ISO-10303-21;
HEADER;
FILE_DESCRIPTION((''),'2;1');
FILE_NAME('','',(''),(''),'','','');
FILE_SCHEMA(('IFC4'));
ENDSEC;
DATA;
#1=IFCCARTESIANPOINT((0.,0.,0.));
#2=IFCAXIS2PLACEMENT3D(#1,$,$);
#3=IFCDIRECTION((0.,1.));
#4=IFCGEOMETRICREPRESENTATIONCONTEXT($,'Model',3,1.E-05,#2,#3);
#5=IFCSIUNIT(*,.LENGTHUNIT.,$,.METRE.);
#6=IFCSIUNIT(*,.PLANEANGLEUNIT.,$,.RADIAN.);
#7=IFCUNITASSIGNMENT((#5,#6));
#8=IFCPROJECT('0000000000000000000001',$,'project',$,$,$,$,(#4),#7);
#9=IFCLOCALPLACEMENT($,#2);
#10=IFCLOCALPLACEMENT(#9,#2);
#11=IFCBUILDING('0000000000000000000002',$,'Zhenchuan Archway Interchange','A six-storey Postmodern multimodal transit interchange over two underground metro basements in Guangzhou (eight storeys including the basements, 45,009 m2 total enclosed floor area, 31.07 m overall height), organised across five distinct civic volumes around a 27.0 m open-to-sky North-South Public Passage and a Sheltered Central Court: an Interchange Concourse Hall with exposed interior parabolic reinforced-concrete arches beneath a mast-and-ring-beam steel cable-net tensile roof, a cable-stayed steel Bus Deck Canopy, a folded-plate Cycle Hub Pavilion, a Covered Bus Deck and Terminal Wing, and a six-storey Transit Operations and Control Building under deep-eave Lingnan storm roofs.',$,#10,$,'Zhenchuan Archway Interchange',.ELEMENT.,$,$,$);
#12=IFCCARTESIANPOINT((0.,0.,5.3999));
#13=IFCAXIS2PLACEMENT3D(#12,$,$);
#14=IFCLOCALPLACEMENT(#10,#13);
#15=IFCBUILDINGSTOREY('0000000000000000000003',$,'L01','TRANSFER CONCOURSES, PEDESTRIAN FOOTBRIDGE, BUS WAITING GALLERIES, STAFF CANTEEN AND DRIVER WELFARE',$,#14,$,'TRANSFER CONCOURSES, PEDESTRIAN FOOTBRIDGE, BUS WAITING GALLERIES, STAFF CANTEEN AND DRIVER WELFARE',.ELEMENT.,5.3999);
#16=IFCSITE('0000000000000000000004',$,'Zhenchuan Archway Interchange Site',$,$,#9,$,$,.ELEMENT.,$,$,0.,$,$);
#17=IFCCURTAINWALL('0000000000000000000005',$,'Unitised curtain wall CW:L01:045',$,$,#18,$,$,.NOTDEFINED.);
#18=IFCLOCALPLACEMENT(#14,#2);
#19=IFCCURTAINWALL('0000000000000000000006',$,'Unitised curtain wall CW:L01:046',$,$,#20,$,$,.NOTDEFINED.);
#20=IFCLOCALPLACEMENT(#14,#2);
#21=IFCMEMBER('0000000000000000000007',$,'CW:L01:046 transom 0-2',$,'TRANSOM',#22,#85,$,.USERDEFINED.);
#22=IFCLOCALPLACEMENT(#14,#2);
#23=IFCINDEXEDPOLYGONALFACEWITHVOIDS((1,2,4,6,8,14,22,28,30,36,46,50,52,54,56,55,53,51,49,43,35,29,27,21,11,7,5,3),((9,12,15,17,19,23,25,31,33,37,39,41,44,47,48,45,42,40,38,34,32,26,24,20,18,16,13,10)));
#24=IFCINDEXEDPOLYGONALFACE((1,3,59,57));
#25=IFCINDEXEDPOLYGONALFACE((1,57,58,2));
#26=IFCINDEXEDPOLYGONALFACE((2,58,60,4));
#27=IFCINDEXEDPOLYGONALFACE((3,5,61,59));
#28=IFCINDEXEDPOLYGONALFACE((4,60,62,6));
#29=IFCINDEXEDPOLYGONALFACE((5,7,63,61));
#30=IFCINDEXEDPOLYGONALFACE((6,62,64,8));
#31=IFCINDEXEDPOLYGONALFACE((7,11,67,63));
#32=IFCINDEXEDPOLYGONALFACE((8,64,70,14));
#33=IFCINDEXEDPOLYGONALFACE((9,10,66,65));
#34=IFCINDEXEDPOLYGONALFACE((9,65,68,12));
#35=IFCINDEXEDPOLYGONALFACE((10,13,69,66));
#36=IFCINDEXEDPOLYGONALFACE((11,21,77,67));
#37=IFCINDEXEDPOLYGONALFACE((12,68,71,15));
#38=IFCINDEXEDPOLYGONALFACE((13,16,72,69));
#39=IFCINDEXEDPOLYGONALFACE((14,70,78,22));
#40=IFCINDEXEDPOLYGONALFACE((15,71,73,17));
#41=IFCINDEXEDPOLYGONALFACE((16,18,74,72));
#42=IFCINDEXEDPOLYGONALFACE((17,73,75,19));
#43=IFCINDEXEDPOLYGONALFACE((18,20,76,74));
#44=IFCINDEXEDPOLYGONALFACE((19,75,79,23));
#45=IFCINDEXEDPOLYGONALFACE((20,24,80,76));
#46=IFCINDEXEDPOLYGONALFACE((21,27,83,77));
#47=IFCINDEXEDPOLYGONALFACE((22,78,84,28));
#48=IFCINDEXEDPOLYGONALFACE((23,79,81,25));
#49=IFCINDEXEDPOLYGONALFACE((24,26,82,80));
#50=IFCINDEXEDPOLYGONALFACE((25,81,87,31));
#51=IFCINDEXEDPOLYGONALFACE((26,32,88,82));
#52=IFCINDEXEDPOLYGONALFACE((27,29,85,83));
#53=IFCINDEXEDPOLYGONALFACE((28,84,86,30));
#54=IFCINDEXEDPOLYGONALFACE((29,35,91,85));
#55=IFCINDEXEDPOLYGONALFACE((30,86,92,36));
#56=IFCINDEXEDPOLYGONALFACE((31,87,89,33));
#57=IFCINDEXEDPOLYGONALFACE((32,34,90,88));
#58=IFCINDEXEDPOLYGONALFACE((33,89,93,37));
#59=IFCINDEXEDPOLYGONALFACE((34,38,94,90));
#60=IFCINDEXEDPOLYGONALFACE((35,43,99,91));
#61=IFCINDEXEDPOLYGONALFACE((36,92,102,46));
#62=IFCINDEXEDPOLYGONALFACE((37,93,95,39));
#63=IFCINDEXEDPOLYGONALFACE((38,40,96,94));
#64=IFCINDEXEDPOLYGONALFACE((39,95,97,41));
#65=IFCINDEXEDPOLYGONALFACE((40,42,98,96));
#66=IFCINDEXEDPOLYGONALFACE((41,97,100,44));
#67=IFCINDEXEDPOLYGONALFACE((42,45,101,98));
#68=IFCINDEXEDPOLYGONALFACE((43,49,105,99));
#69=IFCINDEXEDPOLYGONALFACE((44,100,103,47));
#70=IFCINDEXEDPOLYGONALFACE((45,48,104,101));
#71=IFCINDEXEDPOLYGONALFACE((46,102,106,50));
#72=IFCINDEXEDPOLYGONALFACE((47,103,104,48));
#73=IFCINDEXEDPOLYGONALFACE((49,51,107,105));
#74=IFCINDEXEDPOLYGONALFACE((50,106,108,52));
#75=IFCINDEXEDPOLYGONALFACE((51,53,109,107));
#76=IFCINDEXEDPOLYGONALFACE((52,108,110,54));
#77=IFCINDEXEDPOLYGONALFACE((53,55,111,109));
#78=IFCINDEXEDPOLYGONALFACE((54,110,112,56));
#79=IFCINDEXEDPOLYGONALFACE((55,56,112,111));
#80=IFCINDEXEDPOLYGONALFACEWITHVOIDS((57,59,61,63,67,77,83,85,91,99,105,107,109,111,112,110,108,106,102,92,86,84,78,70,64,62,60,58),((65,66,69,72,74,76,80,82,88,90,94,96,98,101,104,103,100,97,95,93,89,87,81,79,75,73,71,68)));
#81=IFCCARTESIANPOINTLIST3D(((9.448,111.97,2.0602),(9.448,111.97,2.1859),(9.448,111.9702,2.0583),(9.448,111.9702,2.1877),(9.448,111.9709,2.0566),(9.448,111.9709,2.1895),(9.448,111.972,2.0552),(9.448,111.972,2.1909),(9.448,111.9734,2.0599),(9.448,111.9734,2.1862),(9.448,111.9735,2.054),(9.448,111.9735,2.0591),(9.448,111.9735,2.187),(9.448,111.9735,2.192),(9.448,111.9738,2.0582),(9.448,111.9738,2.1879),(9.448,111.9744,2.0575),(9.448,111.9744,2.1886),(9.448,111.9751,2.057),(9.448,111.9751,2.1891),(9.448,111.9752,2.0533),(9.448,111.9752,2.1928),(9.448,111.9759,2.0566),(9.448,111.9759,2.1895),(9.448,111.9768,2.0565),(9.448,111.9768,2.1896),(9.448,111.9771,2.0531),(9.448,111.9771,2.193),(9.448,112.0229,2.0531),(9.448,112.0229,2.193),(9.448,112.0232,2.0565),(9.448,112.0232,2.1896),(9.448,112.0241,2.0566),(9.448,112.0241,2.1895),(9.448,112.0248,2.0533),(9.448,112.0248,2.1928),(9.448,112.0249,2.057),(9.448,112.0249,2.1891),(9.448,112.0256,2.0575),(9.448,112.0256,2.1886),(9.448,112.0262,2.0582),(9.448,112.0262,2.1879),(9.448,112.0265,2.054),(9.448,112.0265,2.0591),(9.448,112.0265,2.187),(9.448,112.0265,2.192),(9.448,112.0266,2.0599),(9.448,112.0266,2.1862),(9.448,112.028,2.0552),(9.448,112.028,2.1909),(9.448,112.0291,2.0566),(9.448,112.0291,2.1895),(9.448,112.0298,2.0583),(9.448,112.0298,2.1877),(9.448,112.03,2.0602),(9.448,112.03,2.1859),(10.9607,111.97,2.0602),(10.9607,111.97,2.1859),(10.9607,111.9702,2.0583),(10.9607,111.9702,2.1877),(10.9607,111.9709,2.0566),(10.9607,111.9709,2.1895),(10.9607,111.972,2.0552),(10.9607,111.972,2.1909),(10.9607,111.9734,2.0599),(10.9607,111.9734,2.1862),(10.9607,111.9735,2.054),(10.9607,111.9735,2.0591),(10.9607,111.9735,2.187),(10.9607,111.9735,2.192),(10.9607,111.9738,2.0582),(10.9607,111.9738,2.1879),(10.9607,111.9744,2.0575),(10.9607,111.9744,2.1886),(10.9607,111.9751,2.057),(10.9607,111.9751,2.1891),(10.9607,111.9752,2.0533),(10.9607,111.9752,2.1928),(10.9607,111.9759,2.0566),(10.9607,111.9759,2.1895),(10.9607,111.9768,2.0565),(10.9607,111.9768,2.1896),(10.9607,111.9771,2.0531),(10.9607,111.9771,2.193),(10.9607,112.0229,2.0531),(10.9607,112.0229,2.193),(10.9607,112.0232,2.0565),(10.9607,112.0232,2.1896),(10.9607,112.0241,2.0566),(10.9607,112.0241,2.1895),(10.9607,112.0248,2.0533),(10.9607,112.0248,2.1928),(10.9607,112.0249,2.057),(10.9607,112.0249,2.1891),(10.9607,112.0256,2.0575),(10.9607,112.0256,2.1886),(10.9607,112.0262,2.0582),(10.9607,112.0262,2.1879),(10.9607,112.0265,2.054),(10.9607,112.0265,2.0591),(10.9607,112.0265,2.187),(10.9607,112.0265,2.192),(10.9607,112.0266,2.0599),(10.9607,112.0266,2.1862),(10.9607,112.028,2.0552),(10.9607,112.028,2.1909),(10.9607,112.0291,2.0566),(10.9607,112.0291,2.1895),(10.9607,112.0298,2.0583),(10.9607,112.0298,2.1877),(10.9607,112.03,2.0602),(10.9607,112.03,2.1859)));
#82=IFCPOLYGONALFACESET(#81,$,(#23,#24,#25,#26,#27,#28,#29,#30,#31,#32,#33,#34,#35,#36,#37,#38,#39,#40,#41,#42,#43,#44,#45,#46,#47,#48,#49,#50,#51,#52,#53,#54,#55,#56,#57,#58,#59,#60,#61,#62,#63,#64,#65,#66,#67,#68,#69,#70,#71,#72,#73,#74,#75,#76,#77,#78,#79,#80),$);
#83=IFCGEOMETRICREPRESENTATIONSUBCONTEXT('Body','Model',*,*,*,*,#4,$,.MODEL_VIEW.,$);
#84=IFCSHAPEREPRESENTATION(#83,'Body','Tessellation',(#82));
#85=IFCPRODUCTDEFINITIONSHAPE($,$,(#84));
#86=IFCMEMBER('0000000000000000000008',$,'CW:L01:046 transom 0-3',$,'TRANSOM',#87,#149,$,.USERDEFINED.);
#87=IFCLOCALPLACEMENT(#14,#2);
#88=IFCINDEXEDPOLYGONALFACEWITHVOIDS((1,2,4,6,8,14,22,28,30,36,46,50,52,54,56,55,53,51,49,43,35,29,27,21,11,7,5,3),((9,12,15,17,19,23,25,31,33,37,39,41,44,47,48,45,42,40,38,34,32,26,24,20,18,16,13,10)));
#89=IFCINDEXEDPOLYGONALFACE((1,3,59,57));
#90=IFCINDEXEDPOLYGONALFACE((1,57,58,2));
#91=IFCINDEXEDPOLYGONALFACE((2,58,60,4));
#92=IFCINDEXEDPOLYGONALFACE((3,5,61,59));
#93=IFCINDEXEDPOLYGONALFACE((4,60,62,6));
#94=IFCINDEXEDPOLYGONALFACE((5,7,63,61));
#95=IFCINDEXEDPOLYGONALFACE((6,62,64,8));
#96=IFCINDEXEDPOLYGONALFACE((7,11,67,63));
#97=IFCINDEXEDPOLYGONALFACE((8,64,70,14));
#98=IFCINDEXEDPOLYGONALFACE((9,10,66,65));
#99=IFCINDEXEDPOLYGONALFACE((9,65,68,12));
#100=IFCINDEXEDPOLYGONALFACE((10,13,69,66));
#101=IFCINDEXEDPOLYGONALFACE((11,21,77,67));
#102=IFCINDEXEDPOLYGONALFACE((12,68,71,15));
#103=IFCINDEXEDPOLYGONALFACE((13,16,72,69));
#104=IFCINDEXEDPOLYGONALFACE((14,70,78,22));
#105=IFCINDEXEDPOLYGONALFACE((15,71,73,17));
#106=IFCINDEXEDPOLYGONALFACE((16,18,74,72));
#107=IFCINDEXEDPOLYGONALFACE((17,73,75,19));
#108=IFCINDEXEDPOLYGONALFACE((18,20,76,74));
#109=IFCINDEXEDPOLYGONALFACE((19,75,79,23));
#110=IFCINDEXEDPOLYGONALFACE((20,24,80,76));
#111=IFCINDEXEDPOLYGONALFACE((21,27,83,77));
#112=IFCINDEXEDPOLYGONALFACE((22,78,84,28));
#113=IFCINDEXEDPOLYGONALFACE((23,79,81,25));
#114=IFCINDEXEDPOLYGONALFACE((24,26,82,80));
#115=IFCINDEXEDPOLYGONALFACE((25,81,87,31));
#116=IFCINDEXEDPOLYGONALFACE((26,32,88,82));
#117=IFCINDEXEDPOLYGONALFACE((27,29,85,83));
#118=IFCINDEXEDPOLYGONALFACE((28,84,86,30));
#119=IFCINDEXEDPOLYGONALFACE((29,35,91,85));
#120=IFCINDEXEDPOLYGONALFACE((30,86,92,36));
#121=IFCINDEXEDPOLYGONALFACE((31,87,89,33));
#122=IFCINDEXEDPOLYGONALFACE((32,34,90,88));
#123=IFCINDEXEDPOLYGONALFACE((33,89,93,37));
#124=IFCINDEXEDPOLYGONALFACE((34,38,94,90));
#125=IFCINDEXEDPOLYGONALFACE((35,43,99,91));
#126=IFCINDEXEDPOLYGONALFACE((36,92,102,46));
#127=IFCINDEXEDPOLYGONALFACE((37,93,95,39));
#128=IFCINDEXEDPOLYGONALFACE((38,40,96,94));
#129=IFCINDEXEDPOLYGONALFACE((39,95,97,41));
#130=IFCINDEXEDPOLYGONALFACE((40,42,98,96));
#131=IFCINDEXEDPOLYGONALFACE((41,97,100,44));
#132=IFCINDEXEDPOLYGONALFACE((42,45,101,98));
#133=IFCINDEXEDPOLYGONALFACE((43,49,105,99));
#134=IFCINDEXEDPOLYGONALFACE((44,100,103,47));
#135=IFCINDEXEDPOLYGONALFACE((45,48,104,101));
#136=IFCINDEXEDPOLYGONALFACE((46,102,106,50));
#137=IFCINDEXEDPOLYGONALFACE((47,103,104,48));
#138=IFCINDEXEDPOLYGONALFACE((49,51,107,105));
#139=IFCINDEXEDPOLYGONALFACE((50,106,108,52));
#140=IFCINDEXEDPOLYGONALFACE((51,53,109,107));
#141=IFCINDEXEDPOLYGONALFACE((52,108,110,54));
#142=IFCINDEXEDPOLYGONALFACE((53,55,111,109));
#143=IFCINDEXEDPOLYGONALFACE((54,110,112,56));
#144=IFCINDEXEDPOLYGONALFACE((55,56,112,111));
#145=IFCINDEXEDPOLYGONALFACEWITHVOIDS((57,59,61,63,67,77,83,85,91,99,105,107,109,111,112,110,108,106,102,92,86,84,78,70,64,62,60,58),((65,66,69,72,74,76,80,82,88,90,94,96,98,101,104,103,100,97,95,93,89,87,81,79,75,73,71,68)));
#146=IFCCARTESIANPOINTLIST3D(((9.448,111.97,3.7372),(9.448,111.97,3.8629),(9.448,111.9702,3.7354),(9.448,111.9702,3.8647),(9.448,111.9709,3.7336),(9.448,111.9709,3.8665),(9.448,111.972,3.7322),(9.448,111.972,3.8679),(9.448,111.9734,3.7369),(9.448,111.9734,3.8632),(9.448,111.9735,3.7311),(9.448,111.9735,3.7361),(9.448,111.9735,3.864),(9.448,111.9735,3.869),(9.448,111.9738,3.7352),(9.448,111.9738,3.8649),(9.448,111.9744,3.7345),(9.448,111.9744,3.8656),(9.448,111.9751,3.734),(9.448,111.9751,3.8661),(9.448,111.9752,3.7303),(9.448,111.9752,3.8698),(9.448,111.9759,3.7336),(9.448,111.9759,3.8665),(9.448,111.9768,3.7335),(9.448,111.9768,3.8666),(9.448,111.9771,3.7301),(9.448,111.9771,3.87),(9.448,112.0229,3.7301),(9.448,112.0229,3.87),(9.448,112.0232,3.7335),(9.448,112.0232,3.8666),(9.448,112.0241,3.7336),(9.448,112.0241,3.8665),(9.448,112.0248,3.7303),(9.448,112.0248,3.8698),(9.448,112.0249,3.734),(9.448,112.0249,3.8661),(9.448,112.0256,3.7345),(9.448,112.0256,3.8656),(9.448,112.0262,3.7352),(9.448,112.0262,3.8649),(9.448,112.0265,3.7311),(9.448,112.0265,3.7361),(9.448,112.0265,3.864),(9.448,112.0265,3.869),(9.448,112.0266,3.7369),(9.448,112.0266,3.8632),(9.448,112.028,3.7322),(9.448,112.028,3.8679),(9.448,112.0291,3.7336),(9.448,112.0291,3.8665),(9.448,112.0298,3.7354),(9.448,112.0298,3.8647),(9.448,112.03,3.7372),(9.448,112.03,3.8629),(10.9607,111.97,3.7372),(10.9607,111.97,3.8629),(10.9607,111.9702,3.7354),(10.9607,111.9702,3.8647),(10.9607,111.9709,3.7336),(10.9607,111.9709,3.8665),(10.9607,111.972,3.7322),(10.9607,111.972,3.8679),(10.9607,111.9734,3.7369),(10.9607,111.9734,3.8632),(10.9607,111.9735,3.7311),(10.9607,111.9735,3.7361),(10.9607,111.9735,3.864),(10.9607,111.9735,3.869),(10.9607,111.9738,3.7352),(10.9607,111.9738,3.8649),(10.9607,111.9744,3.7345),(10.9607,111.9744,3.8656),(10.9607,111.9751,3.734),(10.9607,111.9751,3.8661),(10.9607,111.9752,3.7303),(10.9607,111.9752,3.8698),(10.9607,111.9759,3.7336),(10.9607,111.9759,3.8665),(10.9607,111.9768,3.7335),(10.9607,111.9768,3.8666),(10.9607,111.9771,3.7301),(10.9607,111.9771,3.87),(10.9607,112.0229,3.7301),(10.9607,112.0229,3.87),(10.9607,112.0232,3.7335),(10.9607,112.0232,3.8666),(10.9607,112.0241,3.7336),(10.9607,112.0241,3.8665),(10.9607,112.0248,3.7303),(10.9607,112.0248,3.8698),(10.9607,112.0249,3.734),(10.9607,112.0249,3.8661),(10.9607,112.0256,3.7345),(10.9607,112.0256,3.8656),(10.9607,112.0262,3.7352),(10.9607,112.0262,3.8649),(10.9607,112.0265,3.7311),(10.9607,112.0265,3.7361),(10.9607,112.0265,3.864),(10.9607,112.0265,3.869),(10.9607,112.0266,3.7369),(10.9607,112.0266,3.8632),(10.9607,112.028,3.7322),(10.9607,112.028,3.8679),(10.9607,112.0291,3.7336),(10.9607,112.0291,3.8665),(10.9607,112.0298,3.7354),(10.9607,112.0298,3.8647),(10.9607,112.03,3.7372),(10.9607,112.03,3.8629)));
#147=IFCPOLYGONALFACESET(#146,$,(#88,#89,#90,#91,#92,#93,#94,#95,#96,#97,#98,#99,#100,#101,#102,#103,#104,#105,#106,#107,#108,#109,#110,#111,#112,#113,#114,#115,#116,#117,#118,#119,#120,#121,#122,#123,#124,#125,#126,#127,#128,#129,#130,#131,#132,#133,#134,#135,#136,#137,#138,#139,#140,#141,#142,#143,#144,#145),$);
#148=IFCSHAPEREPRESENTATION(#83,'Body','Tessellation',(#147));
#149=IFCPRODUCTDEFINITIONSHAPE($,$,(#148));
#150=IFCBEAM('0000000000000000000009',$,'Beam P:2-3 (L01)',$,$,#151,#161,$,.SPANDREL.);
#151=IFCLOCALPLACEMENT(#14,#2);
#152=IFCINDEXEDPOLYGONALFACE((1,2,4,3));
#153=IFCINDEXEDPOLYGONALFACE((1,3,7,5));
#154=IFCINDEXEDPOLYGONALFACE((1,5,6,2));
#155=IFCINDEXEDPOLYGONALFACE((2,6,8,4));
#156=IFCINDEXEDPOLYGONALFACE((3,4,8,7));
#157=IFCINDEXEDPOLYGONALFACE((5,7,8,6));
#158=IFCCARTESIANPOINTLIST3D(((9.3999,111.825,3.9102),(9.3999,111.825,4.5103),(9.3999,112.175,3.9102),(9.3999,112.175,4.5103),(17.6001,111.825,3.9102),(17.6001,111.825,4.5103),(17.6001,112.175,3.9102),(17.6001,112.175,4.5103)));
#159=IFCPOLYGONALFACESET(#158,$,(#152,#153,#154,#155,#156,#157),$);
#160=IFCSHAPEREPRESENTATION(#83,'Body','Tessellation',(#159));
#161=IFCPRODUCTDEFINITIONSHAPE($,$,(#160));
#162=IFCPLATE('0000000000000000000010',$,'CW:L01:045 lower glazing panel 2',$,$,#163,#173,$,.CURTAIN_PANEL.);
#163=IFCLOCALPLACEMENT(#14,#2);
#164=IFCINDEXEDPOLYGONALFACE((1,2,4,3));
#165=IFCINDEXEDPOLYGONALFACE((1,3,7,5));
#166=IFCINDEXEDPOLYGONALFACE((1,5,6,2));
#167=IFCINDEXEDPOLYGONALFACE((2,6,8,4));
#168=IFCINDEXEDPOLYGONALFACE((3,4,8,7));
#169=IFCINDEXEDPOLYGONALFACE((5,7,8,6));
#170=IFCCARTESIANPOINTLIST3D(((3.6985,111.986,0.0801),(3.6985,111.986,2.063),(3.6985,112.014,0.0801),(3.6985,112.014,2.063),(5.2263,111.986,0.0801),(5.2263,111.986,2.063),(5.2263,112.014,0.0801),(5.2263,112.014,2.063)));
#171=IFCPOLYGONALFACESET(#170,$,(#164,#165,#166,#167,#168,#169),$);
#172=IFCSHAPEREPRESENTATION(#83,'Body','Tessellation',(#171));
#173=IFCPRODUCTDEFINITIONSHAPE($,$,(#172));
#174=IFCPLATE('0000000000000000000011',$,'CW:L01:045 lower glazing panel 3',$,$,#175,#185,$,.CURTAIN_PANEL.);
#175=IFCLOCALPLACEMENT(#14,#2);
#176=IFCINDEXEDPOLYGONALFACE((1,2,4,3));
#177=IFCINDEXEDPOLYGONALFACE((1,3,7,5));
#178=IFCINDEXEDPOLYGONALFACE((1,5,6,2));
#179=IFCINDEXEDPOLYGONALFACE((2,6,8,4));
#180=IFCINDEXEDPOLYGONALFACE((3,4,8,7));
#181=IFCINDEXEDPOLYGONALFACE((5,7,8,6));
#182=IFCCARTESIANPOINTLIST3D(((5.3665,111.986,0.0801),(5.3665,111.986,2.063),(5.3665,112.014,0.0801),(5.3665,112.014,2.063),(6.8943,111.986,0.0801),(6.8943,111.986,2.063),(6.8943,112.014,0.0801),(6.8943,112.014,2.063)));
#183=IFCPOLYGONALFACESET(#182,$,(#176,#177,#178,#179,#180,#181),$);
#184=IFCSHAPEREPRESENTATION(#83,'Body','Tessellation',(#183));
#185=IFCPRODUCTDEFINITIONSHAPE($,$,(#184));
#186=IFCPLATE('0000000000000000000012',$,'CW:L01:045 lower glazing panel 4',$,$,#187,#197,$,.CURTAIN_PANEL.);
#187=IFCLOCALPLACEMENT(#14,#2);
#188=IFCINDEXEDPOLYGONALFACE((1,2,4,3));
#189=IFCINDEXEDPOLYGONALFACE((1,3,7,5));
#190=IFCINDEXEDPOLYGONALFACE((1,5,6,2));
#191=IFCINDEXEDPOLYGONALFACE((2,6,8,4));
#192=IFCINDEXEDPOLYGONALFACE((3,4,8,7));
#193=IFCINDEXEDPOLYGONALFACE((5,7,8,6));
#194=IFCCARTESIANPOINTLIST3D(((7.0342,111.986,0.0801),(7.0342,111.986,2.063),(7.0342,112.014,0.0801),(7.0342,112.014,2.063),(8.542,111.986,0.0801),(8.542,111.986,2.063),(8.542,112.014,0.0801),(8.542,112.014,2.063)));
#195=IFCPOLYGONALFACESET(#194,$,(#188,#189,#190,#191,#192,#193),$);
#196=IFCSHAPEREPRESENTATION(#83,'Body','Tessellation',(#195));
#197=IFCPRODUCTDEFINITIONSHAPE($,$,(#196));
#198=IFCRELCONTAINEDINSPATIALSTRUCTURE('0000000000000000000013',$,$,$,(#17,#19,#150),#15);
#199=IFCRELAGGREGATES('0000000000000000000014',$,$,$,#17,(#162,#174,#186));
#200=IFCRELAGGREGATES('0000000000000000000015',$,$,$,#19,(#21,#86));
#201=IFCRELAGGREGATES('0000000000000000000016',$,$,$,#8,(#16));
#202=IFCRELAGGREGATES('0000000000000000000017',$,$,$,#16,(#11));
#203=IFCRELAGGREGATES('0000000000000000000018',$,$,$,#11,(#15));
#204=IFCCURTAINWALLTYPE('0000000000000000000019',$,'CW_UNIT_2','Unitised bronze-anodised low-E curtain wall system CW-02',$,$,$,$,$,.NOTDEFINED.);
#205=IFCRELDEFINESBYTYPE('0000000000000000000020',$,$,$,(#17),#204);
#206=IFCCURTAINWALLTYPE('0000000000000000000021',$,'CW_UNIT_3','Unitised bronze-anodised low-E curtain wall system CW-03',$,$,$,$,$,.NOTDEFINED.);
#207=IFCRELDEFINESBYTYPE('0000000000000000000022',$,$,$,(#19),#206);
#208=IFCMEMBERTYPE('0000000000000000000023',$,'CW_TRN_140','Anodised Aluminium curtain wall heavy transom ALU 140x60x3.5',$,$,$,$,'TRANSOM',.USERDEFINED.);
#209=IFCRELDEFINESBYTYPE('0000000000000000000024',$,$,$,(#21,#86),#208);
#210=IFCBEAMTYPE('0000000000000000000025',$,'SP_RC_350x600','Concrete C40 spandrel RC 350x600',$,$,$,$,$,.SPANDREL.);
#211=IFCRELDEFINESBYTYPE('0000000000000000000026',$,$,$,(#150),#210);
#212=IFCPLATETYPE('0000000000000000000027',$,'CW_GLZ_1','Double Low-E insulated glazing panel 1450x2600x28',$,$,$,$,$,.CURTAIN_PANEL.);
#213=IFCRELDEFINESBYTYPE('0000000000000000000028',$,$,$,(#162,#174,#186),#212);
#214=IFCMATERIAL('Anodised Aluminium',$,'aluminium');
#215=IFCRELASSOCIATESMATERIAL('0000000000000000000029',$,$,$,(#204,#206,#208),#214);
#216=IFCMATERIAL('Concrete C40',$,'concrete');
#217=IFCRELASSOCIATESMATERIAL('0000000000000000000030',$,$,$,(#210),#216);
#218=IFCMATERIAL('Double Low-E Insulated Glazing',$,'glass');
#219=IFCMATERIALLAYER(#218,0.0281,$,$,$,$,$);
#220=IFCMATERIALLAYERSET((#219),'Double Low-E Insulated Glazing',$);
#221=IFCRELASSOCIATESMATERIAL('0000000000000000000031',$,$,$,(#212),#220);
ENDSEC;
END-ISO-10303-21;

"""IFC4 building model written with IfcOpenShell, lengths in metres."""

from ifc_helpers import new_model, si_unit, direction, frame, origin, origin_2d, place, context, subcontext, project, spatial, rectangle, hollow_rectangle, extrude, material, layer, layer_set, material_profile, profile_set, type_object, element, aggregate, save


model = new_model("IFC4")

# Units and contexts
model_context = context("Model", 3, precision=1e-05, world=origin(), true_north=direction((0.0, 1.0)))
body_context = subcontext(model_context, "Body", "Model", "MODEL_VIEW")
ifc_project = project(units=[si_unit("LENGTHUNIT", "METRE"), si_unit("PLANEANGLEUNIT", "RADIAN")], contexts=[model_context])

# Site, building, storey
site_placement = place(None, origin())
site = spatial("IfcSite", under=ifc_project, at=site_placement, Name="Zhenchuan Archway Interchange Site", CompositionType="ELEMENT", RefElevation=0.0)
building_placement = place(site_placement, origin())
building = spatial("IfcBuilding", under=site, at=building_placement, Name="Zhenchuan Archway Interchange", Description="A six-storey Postmodern multimodal transit interchange over two underground metro basements in Guangzhou (eight storeys including the basements, 45,009 m2 total enclosed floor area, 31.07 m overall height), organised across five distinct civic volumes around a 27.0 m open-to-sky North-South Public Passage and a Sheltered Central Court: an Interchange Concourse Hall with exposed interior parabolic reinforced-concrete arches beneath a mast-and-ring-beam steel cable-net tensile roof, a cable-stayed steel Bus Deck Canopy, a folded-plate Cycle Hub Pavilion, a Covered Bus Deck and Terminal Wing, and a six-storey Transit Operations and Control Building under deep-eave Lingnan storm roofs.", LongName="Zhenchuan Archway Interchange", CompositionType="ELEMENT")
storey_placement = place(building_placement, frame((0.0, 0.0, 5.3999)))
storey = spatial("IfcBuildingStorey", under=building, at=storey_placement, Name="L01", Description="TRANSFER CONCOURSES, PEDESTRIAN FOOTBRIDGE, BUS WAITING GALLERIES, STAFF CANTEEN AND DRIVER WELFARE", LongName="TRANSFER CONCOURSES, PEDESTRIAN FOOTBRIDGE, BUS WAITING GALLERIES, STAFF CANTEEN AND DRIVER WELFARE", CompositionType="ELEMENT", Elevation=5.3999)

# Shared definitions
ifc_material_1 = material(Name="Concrete C40", Category="concrete")

# Curtain wall
ifc_material_2 = material(Name="Anodised Aluminium", Category="aluminium")
curtain_wall_type_1 = type_object("IfcCurtainWallType", Name="CW_UNIT_2", Description="Unitised bronze-anodised low-E curtain wall system CW-02", PredefinedType="NOTDEFINED", material=ifc_material_2)
curtain_wall_1_placement = place(storey_placement, origin())
curtain_wall_1 = element("IfcCurtainWall", 1, at=curtain_wall_1_placement, inside=storey, type_object=curtain_wall_type_1, Name="Unitised curtain wall CW:L01:045", PredefinedType="NOTDEFINED")

# Curtain wall
curtain_wall_type_2 = type_object("IfcCurtainWallType", Name="CW_UNIT_3", Description="Unitised bronze-anodised low-E curtain wall system CW-03", PredefinedType="NOTDEFINED", material=ifc_material_2)
curtain_wall_2_placement = place(storey_placement, origin())
curtain_wall_2 = element("IfcCurtainWall", 2, at=curtain_wall_2_placement, inside=storey, type_object=curtain_wall_type_2, Name="Unitised curtain wall CW:L01:046", PredefinedType="NOTDEFINED")

# Members
ifc_material_profile_1 = material_profile(ifc_material_2, hollow_rectangle(XDim=0.0601, YDim=0.1399, WallThickness=0.0034, InnerFilletRadius=0.0034, OuterFilletRadius=0.0071, at=origin_2d()), Name="ALU 140x60x3.5")
ifc_profile_set_1 = profile_set([ifc_material_profile_1], Name="Anodised Aluminium")
member_type_1 = type_object("IfcMemberType", Name="CW_TRN_140", Description="Anodised Aluminium curtain wall heavy transom ALU 140x60x3.5", ElementType="TRANSOM", PredefinedType="USERDEFINED", material=ifc_profile_set_1)
member_1_placement = place(storey_placement, frame((9.448, 112.0, 2.123), z_axis=(1.0, 0.0, 0.0), x_axis=(0.0, 1.0, 0.0)))
member_1 = element("IfcMember", 3, at=member_1_placement, type_object=member_type_1, Name="CW:L01:046 transom 0-2", ObjectType="TRANSOM", PredefinedType="USERDEFINED", context=body_context, shape_type="SweptSolid", body=[
    extrude(hollow_rectangle(XDim=0.0601, YDim=0.1399, WallThickness=0.0034, InnerFilletRadius=0.0034, OuterFilletRadius=0.0071, at=origin_2d()), origin(), (0.0, 0.0, 1.0), 1.5127),
])
member_2_placement = place(storey_placement, frame((9.448, 112.0, 3.8), z_axis=(1.0, 0.0, 0.0), x_axis=(0.0, 1.0, 0.0)))
member_2 = element("IfcMember", 4, at=member_2_placement, type_object=member_type_1, Name="CW:L01:046 transom 0-3", ObjectType="TRANSOM", PredefinedType="USERDEFINED", context=body_context, shape_type="SweptSolid", body=[
    extrude(hollow_rectangle(XDim=0.0601, YDim=0.1399, WallThickness=0.0034, InnerFilletRadius=0.0034, OuterFilletRadius=0.0071, at=origin_2d()), origin(), (0.0, 0.0, 1.0), 1.5127),
])

# Beam
ifc_material_profile_2 = material_profile(ifc_material_1, rectangle(XDim=0.3501, YDim=0.6001, at=origin_2d()), Name="RC 350x600")
ifc_profile_set_2 = profile_set([ifc_material_profile_2], Name="Concrete C40")
beam_type = type_object("IfcBeamType", Name="SP_RC_350x600", Description="Concrete C40 spandrel RC 350x600", PredefinedType="SPANDREL", material=ifc_profile_set_2)
beam_placement = place(storey_placement, frame((9.3999, 112.0, 4.2102), z_axis=(1.0, 0.0, 0.0), x_axis=(0.0, 1.0, 0.0)))
element("IfcBeam", 5, at=beam_placement, inside=storey, type_object=beam_type, Name="Beam P:2-3 (L01)", PredefinedType="SPANDREL", context=body_context, shape_type="SweptSolid", body=[
    extrude(rectangle(XDim=0.3501, YDim=0.6001, at=origin_2d()), origin(), (0.0, 0.0, 1.0), 8.2002),
])

# Plates
ifc_material_3 = material(Name="Double Low-E Insulated Glazing", Category="glass")
ifc_layer_1 = layer(ifc_material_3, 0.0281)
ifc_layer_set_1 = layer_set([ifc_layer_1], Name="Double Low-E Insulated Glazing")
plate_type_1 = type_object("IfcPlateType", Name="CW_GLZ_1", Description="Double Low-E insulated glazing panel 1450x2600x28", PredefinedType="CURTAIN_PANEL", material=ifc_layer_set_1)
plate_1_placement = place(storey_placement, frame((4.4624, 112.0, 0.0801), z_axis=(0.0, 0.0, 1.0), x_axis=(1.0, 0.0, 0.0)))
plate_1 = element("IfcPlate", 6, at=plate_1_placement, type_object=plate_type_1, Name="CW:L01:045 lower glazing panel 2", PredefinedType="CURTAIN_PANEL", context=body_context, shape_type="SweptSolid", body=[
    extrude(rectangle(XDim=1.5278, YDim=0.0281, at=origin_2d()), origin(), (0.0, 0.0, 1.0), 1.9829),
])
plate_2_placement = place(storey_placement, frame((6.1304, 112.0, 0.0801), z_axis=(0.0, 0.0, 1.0), x_axis=(1.0, 0.0, 0.0)))
plate_2 = element("IfcPlate", 7, at=plate_2_placement, type_object=plate_type_1, Name="CW:L01:045 lower glazing panel 3", PredefinedType="CURTAIN_PANEL", context=body_context, shape_type="SweptSolid", body=[
    extrude(rectangle(XDim=1.5278, YDim=0.0281, at=origin_2d()), origin(), (0.0, 0.0, 1.0), 1.9829),
])
plate_3_placement = place(storey_placement, frame((7.7881, 112.0, 0.0801), z_axis=(0.0, 0.0, 1.0), x_axis=(1.0, 0.0, 0.0)))
plate_3 = element("IfcPlate", 8, at=plate_3_placement, type_object=plate_type_1, Name="CW:L01:045 lower glazing panel 4", PredefinedType="CURTAIN_PANEL", context=body_context, shape_type="SweptSolid", body=[
    extrude(rectangle(XDim=1.5078, YDim=0.0281, at=origin_2d()), origin(), (0.0, 0.0, 1.0), 1.9829),
])
aggregate(curtain_wall_1, [plate_1, plate_2, plate_3])
aggregate(curtain_wall_2, [member_1, member_2])

save(model, "model.ifc")
